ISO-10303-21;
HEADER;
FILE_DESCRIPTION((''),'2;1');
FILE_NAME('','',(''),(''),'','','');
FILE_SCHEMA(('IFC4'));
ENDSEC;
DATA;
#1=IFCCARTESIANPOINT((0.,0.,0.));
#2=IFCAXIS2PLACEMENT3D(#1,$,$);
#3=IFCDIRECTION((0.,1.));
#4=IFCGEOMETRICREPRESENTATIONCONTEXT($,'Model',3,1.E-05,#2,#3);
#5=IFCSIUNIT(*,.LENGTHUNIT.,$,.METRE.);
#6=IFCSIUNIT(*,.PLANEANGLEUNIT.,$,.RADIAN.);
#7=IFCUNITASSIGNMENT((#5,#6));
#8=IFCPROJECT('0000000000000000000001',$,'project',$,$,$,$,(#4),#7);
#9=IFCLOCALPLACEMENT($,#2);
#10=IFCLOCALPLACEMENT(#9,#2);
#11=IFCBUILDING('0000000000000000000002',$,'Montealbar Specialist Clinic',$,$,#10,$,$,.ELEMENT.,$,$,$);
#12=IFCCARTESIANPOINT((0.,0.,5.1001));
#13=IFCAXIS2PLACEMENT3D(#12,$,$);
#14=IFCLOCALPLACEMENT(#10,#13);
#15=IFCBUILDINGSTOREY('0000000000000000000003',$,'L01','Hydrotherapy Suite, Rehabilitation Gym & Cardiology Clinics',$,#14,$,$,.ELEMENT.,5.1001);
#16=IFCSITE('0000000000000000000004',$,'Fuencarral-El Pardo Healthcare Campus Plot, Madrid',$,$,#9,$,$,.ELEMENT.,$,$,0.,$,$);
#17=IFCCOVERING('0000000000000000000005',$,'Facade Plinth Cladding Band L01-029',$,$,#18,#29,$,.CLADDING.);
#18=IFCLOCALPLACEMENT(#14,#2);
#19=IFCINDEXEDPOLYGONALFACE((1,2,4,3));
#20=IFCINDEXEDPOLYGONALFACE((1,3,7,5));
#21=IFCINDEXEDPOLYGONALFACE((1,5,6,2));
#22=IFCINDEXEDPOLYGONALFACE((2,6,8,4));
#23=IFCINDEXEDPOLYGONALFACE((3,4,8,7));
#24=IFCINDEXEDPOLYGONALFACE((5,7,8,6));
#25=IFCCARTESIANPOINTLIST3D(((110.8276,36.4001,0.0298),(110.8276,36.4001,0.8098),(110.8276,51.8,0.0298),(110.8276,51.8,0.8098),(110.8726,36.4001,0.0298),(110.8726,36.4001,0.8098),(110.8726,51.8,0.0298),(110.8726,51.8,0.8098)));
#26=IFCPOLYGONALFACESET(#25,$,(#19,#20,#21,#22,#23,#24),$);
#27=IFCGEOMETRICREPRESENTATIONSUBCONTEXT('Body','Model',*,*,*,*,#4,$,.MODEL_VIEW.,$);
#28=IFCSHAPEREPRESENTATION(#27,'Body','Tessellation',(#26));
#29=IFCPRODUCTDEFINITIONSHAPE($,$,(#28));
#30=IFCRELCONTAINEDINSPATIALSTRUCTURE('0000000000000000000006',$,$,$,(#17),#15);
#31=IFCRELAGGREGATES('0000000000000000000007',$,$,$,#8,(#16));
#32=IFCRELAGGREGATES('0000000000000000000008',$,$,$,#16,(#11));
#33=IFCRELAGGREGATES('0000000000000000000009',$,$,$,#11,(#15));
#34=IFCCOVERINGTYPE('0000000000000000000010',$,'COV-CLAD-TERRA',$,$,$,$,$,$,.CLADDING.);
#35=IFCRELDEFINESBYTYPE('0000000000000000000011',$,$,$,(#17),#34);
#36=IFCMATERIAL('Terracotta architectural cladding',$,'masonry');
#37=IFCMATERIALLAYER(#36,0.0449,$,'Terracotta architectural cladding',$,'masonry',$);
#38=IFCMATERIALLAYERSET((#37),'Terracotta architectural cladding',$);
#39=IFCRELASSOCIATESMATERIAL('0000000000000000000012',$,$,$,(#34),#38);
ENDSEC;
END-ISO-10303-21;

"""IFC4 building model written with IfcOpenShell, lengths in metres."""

from ifc_helpers import new_model, si_unit, direction, frame, origin, origin_2d, place, context, subcontext, project, spatial, rectangle, extrude, material, layer, layer_set, type_object, element, save


model = new_model("IFC4")

# Units and contexts
model_context = context("Model", 3, precision=1e-05, world=origin(), true_north=direction((0.0, 1.0)))
body_context = subcontext(model_context, "Body", "Model", "MODEL_VIEW")
ifc_project = project(units=[si_unit("LENGTHUNIT", "METRE"), si_unit("PLANEANGLEUNIT", "RADIAN")], contexts=[model_context])

# Site, building, storey
site_placement = place(None, origin())
site = spatial("IfcSite", under=ifc_project, at=site_placement, Name="Fuencarral-El Pardo Healthcare Campus Plot, Madrid", CompositionType="ELEMENT", RefElevation=0.0)
building_placement = place(site_placement, origin())
building = spatial("IfcBuilding", under=site, at=building_placement, Name="Montealbar Specialist Clinic", CompositionType="ELEMENT")
storey_placement = place(building_placement, frame((0.0, 0.0, 5.1001)))
storey = spatial("IfcBuildingStorey", under=building, at=storey_placement, Name="L01", Description="Hydrotherapy Suite, Rehabilitation Gym & Cardiology Clinics", CompositionType="ELEMENT", Elevation=5.1001)

# Covering
ifc_material_1 = material(Name="Terracotta architectural cladding", Category="masonry")
ifc_layer_1 = layer(ifc_material_1, 0.0449, Name="Terracotta architectural cladding", Category="masonry")
ifc_layer_set_1 = layer_set([ifc_layer_1], Name="Terracotta architectural cladding")
covering_type = type_object("IfcCoveringType", Name="COV-CLAD-TERRA", PredefinedType="CLADDING", material=ifc_layer_set_1)
covering_1_placement = place(storey_placement, frame((110.8501, 44.1001, 0.0298), z_axis=(0.0, 0.0, 1.0), x_axis=(0.0, 1.0, 0.0)))
element("IfcCovering", 1, at=covering_1_placement, inside=storey, type_object=covering_type, Name="Facade Plinth Cladding Band L01-029", PredefinedType="CLADDING", context=body_context, shape_type="SweptSolid", body=[
    extrude(rectangle(XDim=15.3999, YDim=0.0449, at=origin_2d()), origin(), (0.0, 0.0, 1.0), 0.78),
])

save(model, "model.ifc")
